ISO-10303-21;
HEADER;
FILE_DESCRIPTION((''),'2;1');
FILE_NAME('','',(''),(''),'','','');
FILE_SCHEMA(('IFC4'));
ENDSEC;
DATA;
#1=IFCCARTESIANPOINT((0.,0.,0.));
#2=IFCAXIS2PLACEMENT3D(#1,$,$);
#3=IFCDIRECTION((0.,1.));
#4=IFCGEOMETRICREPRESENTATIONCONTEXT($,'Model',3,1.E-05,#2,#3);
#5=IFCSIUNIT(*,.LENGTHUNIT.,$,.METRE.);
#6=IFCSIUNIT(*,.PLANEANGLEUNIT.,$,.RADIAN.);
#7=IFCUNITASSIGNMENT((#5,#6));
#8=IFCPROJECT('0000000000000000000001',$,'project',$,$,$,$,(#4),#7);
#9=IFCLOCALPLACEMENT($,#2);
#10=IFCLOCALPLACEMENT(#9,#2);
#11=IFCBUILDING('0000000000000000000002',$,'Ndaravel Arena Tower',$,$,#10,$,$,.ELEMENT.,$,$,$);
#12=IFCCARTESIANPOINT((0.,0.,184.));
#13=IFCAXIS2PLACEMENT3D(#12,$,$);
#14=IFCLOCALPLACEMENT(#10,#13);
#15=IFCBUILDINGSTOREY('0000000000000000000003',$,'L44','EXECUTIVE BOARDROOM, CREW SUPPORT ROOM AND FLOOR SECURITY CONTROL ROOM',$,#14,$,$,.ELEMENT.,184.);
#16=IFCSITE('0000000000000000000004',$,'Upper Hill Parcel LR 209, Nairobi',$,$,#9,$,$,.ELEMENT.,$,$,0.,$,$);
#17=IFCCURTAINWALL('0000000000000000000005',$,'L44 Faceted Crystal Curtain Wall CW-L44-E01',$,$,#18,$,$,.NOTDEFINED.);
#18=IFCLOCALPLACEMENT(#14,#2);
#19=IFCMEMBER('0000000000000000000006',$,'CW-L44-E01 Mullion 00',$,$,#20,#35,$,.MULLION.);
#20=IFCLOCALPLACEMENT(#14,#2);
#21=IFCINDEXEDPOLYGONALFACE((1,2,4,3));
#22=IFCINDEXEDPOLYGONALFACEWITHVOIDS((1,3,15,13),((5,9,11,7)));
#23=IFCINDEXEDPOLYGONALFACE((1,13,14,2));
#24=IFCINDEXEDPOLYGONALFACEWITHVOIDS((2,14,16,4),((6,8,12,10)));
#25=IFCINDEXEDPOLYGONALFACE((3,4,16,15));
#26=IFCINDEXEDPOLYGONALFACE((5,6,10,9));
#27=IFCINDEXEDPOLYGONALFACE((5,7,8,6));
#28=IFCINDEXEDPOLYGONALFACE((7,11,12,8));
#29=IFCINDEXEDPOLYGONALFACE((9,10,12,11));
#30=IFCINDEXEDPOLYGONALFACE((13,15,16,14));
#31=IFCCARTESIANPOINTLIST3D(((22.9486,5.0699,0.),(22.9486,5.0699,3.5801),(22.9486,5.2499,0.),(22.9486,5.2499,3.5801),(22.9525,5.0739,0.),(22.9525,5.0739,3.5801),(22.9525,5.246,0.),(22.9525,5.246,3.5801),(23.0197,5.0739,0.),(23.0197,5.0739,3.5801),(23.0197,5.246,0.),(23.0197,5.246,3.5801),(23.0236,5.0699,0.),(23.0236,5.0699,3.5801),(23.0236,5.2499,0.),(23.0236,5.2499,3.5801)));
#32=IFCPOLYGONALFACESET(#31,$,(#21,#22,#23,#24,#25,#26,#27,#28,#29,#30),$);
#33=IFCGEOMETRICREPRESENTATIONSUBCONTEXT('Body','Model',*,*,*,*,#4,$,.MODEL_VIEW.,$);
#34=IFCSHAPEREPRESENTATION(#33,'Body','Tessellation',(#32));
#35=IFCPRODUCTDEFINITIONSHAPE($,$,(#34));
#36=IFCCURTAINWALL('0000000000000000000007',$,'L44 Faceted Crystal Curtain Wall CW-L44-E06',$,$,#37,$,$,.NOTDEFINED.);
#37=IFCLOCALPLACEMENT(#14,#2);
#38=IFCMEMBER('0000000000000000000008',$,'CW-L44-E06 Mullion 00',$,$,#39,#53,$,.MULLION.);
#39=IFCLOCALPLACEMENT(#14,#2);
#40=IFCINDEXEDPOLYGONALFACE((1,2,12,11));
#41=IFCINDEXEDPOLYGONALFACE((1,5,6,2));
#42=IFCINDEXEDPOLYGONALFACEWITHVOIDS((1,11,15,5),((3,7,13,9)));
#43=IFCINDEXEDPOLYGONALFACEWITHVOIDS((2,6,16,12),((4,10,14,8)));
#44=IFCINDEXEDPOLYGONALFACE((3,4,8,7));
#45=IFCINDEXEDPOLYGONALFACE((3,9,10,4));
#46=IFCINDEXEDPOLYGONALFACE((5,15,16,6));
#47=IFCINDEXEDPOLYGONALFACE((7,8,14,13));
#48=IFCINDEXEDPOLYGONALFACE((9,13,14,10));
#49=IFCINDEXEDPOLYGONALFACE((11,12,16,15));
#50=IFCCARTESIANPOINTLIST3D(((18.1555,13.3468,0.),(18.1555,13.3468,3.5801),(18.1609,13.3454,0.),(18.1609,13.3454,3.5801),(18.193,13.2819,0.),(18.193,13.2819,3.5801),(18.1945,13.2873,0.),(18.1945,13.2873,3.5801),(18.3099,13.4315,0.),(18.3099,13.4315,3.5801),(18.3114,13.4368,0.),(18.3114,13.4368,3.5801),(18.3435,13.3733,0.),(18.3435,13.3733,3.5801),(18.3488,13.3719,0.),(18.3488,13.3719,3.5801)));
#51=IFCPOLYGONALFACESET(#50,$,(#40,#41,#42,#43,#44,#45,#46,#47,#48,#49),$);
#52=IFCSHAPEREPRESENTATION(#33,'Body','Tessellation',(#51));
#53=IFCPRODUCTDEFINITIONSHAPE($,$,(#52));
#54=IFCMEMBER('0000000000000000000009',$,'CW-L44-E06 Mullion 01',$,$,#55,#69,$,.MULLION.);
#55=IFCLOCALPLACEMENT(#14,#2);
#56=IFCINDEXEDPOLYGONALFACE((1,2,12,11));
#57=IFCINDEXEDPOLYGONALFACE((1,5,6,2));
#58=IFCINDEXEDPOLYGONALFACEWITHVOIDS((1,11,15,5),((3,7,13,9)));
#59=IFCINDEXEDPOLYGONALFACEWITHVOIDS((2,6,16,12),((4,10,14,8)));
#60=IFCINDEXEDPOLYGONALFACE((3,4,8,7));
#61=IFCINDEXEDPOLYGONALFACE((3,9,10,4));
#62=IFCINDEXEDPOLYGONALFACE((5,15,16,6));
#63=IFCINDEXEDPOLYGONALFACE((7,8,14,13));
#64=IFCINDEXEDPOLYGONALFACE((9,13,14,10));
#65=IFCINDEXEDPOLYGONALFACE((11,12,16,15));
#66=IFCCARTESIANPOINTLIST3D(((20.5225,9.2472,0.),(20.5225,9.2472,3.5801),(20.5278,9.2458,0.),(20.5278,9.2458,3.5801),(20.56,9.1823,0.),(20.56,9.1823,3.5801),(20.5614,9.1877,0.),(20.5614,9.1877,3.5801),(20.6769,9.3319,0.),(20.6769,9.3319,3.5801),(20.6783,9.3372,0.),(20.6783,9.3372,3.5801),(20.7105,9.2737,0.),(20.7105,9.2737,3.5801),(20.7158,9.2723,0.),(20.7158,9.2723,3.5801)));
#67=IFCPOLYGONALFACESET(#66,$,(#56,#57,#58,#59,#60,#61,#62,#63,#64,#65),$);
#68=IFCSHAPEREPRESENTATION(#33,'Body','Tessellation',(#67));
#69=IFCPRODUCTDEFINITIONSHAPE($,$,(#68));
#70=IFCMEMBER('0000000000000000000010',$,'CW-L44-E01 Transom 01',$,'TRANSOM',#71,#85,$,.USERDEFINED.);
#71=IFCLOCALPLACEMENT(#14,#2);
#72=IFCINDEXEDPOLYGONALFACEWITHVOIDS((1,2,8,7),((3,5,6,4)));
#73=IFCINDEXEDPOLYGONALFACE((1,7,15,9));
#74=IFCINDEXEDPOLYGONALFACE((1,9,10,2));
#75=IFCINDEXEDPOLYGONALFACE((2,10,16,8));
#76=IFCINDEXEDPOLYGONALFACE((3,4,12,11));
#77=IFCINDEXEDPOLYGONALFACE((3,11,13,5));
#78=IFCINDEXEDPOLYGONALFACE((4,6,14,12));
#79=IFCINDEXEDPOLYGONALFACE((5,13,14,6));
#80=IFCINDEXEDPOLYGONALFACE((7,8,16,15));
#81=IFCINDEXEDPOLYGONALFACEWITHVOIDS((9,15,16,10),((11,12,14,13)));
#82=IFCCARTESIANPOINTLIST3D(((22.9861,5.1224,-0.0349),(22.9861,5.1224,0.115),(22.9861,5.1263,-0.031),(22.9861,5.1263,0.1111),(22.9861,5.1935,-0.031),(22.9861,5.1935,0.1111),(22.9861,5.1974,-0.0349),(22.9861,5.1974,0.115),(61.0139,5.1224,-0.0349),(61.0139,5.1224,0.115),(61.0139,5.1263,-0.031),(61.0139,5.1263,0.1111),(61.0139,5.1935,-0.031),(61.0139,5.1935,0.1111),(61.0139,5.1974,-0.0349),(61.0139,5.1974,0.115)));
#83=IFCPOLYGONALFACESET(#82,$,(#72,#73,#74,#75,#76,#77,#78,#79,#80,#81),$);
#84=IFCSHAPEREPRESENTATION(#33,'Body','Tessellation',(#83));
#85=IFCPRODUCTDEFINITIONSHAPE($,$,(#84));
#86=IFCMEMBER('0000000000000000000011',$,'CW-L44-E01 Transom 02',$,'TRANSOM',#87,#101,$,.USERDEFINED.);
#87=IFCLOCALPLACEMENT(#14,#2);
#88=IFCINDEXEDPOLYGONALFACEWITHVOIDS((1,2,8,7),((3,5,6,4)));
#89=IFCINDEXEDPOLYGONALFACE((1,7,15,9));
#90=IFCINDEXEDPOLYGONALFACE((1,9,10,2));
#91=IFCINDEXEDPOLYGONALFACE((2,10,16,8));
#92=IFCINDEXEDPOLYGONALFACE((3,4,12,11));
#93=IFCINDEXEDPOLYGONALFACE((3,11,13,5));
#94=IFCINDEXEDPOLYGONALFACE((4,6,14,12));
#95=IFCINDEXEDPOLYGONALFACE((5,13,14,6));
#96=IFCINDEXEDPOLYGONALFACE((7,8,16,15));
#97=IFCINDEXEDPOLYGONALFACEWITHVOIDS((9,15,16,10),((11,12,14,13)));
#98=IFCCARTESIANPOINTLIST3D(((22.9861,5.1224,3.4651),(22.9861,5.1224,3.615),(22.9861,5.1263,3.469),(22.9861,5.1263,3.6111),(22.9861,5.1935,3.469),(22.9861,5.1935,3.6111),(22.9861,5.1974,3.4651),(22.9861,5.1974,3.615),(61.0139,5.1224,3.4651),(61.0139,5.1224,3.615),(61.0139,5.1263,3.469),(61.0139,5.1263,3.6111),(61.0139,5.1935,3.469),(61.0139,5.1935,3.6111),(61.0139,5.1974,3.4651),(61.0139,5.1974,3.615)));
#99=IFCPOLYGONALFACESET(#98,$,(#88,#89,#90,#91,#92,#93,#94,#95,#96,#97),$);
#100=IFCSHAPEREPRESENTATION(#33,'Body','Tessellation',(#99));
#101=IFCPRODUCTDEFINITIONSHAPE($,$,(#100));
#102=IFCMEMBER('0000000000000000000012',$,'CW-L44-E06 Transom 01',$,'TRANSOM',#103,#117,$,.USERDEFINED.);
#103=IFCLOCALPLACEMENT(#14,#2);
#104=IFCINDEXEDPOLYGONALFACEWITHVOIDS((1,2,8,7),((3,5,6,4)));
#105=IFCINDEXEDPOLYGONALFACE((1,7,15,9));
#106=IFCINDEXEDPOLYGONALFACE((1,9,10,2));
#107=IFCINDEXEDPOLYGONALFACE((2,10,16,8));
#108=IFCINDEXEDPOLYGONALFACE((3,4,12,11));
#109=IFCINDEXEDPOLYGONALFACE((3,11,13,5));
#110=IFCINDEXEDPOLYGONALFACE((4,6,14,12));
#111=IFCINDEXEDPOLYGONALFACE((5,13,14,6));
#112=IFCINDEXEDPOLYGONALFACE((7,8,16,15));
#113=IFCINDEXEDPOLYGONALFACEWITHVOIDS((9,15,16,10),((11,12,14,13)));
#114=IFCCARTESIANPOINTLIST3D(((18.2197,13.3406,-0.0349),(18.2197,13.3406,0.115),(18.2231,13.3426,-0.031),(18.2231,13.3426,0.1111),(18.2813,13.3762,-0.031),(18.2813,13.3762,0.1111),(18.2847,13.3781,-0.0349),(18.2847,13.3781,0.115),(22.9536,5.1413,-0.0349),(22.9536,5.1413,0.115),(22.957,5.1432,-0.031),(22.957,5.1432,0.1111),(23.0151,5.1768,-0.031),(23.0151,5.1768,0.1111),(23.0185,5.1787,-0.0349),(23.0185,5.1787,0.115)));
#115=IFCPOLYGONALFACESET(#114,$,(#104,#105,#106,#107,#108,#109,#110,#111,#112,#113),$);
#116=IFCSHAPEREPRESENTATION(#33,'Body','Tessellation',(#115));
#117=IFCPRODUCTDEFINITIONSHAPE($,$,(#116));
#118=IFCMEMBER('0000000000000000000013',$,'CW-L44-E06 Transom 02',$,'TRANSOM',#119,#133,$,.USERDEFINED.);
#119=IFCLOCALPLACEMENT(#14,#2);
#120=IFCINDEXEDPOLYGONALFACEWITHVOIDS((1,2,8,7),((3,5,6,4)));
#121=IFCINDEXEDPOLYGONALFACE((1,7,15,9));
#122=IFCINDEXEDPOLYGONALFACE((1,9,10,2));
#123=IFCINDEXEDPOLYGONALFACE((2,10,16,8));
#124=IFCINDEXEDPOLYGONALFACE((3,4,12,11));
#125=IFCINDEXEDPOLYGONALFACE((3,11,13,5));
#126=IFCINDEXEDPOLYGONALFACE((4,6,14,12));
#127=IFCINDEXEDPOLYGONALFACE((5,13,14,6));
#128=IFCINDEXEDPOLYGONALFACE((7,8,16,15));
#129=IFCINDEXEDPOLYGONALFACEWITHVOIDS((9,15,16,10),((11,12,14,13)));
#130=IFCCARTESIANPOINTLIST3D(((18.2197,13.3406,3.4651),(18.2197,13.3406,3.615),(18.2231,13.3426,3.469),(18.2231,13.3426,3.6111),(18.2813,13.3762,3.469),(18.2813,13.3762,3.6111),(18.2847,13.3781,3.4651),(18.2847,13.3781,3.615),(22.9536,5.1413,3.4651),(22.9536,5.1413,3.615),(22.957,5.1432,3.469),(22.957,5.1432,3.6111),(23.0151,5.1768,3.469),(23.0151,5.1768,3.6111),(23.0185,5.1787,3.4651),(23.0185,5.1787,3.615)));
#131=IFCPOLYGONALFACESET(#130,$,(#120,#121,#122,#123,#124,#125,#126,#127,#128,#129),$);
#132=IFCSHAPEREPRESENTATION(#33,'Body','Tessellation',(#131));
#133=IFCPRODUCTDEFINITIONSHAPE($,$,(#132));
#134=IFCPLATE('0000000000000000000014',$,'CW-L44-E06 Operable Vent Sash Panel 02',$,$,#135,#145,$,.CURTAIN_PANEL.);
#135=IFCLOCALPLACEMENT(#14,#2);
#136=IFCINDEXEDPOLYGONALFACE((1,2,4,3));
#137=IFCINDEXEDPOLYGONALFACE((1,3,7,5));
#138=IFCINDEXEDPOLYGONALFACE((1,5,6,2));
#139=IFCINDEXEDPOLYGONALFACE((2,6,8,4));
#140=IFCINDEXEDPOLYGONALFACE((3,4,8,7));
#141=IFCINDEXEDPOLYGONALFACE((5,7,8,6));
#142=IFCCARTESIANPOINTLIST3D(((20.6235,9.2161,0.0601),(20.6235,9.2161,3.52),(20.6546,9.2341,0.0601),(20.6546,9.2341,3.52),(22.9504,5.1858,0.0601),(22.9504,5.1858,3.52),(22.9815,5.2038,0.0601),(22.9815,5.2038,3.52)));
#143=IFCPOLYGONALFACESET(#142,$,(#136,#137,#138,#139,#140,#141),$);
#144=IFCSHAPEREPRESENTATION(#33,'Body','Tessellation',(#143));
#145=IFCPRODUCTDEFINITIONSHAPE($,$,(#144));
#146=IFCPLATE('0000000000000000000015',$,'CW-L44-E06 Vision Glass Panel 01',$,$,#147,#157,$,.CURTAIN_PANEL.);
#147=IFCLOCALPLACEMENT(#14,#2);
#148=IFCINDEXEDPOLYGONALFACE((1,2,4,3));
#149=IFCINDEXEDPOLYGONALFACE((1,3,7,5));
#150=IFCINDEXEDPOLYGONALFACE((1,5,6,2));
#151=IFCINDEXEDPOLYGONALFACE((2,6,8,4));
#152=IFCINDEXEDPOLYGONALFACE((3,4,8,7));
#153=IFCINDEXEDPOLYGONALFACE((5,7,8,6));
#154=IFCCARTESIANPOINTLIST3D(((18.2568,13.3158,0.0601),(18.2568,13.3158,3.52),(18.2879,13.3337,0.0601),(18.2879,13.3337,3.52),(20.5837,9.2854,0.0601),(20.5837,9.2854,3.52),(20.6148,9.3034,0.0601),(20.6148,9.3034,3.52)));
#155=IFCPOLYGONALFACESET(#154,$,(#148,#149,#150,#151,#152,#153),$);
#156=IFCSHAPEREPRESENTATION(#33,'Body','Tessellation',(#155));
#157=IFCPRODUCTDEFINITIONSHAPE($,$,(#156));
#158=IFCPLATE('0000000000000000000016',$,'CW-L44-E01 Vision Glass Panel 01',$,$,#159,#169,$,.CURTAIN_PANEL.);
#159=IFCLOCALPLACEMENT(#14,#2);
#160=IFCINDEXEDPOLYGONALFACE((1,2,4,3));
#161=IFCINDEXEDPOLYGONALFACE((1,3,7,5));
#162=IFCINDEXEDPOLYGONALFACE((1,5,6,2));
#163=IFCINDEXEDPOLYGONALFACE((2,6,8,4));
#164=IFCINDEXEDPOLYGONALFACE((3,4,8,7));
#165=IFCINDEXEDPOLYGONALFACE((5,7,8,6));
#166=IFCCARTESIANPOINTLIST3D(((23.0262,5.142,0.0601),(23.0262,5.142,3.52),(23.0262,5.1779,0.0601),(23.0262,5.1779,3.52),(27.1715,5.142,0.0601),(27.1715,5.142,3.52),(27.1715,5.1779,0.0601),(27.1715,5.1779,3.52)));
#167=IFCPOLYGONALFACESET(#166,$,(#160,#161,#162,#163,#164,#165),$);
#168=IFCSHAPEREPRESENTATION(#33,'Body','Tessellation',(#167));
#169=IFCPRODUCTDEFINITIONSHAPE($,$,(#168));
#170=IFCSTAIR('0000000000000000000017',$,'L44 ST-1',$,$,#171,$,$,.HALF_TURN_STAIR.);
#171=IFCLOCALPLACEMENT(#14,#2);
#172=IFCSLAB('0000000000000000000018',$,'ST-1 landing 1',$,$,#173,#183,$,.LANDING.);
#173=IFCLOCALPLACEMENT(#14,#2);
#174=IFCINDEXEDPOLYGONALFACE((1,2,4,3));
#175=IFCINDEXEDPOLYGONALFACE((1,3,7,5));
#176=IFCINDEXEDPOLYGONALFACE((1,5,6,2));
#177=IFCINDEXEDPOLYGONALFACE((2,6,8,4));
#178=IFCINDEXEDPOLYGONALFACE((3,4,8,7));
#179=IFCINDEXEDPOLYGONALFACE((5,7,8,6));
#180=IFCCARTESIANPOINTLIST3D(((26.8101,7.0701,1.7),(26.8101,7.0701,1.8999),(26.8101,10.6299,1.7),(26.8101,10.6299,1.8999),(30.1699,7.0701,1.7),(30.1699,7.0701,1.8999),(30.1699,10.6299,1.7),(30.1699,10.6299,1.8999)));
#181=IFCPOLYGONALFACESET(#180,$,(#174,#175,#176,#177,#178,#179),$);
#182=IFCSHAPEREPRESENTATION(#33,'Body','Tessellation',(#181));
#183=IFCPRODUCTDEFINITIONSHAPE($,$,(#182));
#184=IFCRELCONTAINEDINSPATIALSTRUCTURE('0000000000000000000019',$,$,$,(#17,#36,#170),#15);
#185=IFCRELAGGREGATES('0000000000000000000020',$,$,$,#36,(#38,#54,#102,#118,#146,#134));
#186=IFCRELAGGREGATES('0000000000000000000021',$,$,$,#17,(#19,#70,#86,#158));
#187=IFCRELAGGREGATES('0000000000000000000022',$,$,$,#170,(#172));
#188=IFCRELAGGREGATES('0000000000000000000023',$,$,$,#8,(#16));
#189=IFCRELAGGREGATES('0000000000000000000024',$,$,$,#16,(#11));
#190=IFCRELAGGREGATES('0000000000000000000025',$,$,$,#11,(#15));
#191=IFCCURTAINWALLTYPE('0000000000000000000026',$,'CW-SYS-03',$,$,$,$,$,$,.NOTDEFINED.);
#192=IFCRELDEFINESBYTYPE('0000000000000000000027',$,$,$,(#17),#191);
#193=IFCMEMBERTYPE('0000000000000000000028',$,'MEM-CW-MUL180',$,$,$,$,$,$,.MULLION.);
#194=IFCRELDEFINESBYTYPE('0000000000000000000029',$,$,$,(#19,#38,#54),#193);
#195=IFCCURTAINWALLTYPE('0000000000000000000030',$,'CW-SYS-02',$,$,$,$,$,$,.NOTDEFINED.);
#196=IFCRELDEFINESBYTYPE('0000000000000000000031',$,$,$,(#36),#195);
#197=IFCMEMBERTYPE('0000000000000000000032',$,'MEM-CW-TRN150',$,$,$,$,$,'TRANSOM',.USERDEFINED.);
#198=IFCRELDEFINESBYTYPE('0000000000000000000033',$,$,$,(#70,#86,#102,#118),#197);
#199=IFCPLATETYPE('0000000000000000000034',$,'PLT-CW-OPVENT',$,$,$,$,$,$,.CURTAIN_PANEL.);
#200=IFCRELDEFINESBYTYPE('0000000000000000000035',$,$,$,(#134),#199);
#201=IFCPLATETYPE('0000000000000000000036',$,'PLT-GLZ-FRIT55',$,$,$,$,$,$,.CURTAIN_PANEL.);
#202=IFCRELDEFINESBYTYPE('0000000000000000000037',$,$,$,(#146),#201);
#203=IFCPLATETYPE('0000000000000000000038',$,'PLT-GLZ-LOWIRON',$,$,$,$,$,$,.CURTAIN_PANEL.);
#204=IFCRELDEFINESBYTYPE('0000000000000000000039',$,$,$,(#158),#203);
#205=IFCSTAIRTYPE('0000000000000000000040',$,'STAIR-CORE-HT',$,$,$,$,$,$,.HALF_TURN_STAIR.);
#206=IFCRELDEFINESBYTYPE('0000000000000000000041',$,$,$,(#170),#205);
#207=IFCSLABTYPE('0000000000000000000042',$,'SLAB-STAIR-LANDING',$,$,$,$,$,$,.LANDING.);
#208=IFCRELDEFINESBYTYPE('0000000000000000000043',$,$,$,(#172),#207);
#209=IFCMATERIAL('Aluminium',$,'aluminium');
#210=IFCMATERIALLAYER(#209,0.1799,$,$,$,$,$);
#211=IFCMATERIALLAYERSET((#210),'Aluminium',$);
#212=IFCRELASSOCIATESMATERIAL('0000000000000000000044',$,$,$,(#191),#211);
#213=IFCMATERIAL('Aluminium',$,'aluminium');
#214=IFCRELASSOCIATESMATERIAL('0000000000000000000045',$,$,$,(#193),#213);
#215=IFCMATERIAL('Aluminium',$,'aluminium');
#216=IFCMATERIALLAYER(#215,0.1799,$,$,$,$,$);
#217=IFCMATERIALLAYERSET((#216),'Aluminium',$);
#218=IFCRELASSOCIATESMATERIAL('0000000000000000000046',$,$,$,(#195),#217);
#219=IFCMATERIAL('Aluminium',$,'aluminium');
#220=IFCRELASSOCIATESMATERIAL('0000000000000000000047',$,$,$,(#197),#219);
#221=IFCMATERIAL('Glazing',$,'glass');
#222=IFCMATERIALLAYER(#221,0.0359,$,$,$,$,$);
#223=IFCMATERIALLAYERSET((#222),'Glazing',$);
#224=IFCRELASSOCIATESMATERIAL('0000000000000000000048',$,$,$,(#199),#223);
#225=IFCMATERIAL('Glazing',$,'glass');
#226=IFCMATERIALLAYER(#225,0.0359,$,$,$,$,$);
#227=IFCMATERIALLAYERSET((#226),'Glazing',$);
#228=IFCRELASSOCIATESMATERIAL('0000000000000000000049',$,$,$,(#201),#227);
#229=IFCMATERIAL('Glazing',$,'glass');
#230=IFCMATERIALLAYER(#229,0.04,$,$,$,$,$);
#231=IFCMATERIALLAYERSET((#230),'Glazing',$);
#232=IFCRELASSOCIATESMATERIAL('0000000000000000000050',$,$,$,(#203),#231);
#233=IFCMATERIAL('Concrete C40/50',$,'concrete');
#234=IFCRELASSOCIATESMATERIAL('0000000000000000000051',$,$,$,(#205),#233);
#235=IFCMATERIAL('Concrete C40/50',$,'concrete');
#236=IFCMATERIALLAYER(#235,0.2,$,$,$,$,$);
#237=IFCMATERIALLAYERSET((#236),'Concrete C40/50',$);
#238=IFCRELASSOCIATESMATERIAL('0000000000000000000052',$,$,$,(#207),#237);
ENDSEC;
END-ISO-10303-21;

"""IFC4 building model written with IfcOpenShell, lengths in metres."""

from ifc_helpers import new_model, si_unit, direction, frame, origin, origin_2d, place, context, subcontext, project, spatial, polyline, rectangle, hollow_rectangle, outline, extrude, material, layer, layer_set, material_profile, profile_set, type_object, element, aggregate, save


model = new_model("IFC4")

# Units and contexts
model_context = context("Model", 3, precision=1e-05, world=origin(), true_north=direction((0.0, 1.0)))
body_context = subcontext(model_context, "Body", "Model", "MODEL_VIEW")
ifc_project = project(units=[si_unit("LENGTHUNIT", "METRE"), si_unit("PLANEANGLEUNIT", "RADIAN")], contexts=[model_context])

# Site, building, storey
site_placement = place(None, origin())
site = spatial("IfcSite", under=ifc_project, at=site_placement, Name="Upper Hill Parcel LR 209, Nairobi", CompositionType="ELEMENT", RefElevation=0.0)
building_placement = place(site_placement, origin())
building = spatial("IfcBuilding", under=site, at=building_placement, Name="Ndaravel Arena Tower", CompositionType="ELEMENT")
storey_placement = place(building_placement, frame((0.0, 0.0, 184.0)))
storey = spatial("IfcBuildingStorey", under=building, at=storey_placement, Name="L44", Description="EXECUTIVE BOARDROOM, CREW SUPPORT ROOM AND FLOOR SECURITY CONTROL ROOM", CompositionType="ELEMENT", Elevation=184.0)

# Curtain wall, member
ifc_material_1 = material(Name="Aluminium", Category="aluminium")
ifc_layer_1 = layer(ifc_material_1, 0.1799)
ifc_layer_set_1 = layer_set([ifc_layer_1], Name="Aluminium")
curtain_wall_type_1 = type_object("IfcCurtainWallType", Name="CW-SYS-03", PredefinedType="NOTDEFINED", material=ifc_layer_set_1)
curtain_wall_1_placement = place(storey_placement, origin())
curtain_wall_1 = element("IfcCurtainWall", 1, at=curtain_wall_1_placement, inside=storey, type_object=curtain_wall_type_1, Name="L44 Faceted Crystal Curtain Wall CW-L44-E01", PredefinedType="NOTDEFINED")
ifc_material_2 = material(Name="Aluminium", Category="aluminium")
ifc_material_profile_1 = material_profile(ifc_material_2, hollow_rectangle(XDim=0.075, YDim=0.1799, WallThickness=0.0039, at=origin_2d()), Name="CW MULLION 75x180x4")
ifc_profile_set_1 = profile_set([ifc_material_profile_1], Name="Aluminium")
member_type_1 = type_object("IfcMemberType", Name="MEM-CW-MUL180", PredefinedType="MULLION", material=ifc_profile_set_1)
member_1_placement = place(storey_placement, frame((22.9861, 5.1599, 0.0), z_axis=(0.0, 0.0, 1.0), x_axis=(1.0, 0.0, 0.0)))
member_1 = element("IfcMember", 2, at=member_1_placement, type_object=member_type_1, Name="CW-L44-E01 Mullion 00", PredefinedType="MULLION", context=body_context, shape_type="SweptSolid", body=[
    extrude(hollow_rectangle(XDim=0.075, YDim=0.1799, WallThickness=0.0039, at=origin_2d()), origin(), (0.0, 0.0, 1.0), 3.5801),
])

# Curtain wall, members
ifc_material_3 = material(Name="Aluminium", Category="aluminium")
ifc_layer_2 = layer(ifc_material_3, 0.1799)
ifc_layer_set_2 = layer_set([ifc_layer_2], Name="Aluminium")
curtain_wall_type_2 = type_object("IfcCurtainWallType", Name="CW-SYS-02", PredefinedType="NOTDEFINED", material=ifc_layer_set_2)
curtain_wall_2_placement = place(storey_placement, origin())
curtain_wall_2 = element("IfcCurtainWall", 3, at=curtain_wall_2_placement, inside=storey, type_object=curtain_wall_type_2, Name="L44 Faceted Crystal Curtain Wall CW-L44-E06", PredefinedType="NOTDEFINED")
member_2_placement = place(storey_placement, frame((18.2522, 13.3594, 0.0), z_axis=(0.0, 0.0, 1.0), x_axis=(0.5, -0.866025, 0.0)))
member_2 = element("IfcMember", 4, at=member_2_placement, type_object=member_type_1, Name="CW-L44-E06 Mullion 00", PredefinedType="MULLION", context=body_context, shape_type="SweptSolid", body=[
    extrude(hollow_rectangle(XDim=0.075, YDim=0.1799, WallThickness=0.0039, at=origin_2d()), origin(), (0.0, 0.0, 1.0), 3.5801),
])
member_3_placement = place(storey_placement, frame((20.6191, 9.2598, 0.0), z_axis=(0.0, 0.0, 1.0), x_axis=(0.5, -0.866025, 0.0)))
member_3 = element("IfcMember", 5, at=member_3_placement, type_object=member_type_1, Name="CW-L44-E06 Mullion 01", PredefinedType="MULLION", context=body_context, shape_type="SweptSolid", body=[
    extrude(hollow_rectangle(XDim=0.075, YDim=0.1799, WallThickness=0.0039, at=origin_2d()), origin(), (0.0, 0.0, 1.0), 3.5801),
])

# Members
ifc_material_4 = material(Name="Aluminium", Category="aluminium")
ifc_material_profile_2 = material_profile(ifc_material_4, hollow_rectangle(XDim=0.075, YDim=0.1499, WallThickness=0.0039, at=origin_2d()), Name="CW TRANSOM 75x150x4")
ifc_profile_set_2 = profile_set([ifc_material_profile_2], Name="Aluminium")
member_type_2 = type_object("IfcMemberType", Name="MEM-CW-TRN150", ElementType="TRANSOM", PredefinedType="USERDEFINED", material=ifc_profile_set_2)
member_4_placement = place(storey_placement, frame((22.9861, 5.1599, 0.04), z_axis=(1.0, 0.0, 0.0), x_axis=(0.0, 1.0, 0.0)))
member_4 = element("IfcMember", 6, at=member_4_placement, type_object=member_type_2, Name="CW-L44-E01 Transom 01", ObjectType="TRANSOM", PredefinedType="USERDEFINED", context=body_context, shape_type="SweptSolid", body=[
    extrude(hollow_rectangle(XDim=0.075, YDim=0.1499, WallThickness=0.0039, at=origin_2d()), origin(), (0.0, 0.0, 1.0), 38.0278),
])
member_5_placement = place(storey_placement, frame((22.9861, 5.1599, 3.54), z_axis=(1.0, 0.0, 0.0), x_axis=(0.0, 1.0, 0.0)))
member_5 = element("IfcMember", 7, at=member_5_placement, type_object=member_type_2, Name="CW-L44-E01 Transom 02", ObjectType="TRANSOM", PredefinedType="USERDEFINED", context=body_context, shape_type="SweptSolid", body=[
    extrude(hollow_rectangle(XDim=0.075, YDim=0.1499, WallThickness=0.0039, at=origin_2d()), origin(), (0.0, 0.0, 1.0), 38.0278),
])
member_6_placement = place(storey_placement, frame((18.2522, 13.3594, 0.04), z_axis=(0.499994, -0.866029, 0.0), x_axis=(0.866029, 0.499994, 0.0)))
member_6 = element("IfcMember", 8, at=member_6_placement, type_object=member_type_2, Name="CW-L44-E06 Transom 01", ObjectType="TRANSOM", PredefinedType="USERDEFINED", context=body_context, shape_type="SweptSolid", body=[
    extrude(hollow_rectangle(XDim=0.075, YDim=0.1499, WallThickness=0.0039, at=origin_2d()), origin(), (0.0, 0.0, 1.0), 9.4678),
])
member_7_placement = place(storey_placement, frame((18.2522, 13.3594, 3.54), z_axis=(0.499994, -0.866029, 0.0), x_axis=(0.866029, 0.499994, 0.0)))
member_7 = element("IfcMember", 9, at=member_7_placement, type_object=member_type_2, Name="CW-L44-E06 Transom 02", ObjectType="TRANSOM", PredefinedType="USERDEFINED", context=body_context, shape_type="SweptSolid", body=[
    extrude(hollow_rectangle(XDim=0.075, YDim=0.1499, WallThickness=0.0039, at=origin_2d()), origin(), (0.0, 0.0, 1.0), 9.4678),
])

# Plates
ifc_material_5 = material(Name="Glazing", Category="glass")
ifc_layer_3 = layer(ifc_material_5, 0.0359)
ifc_layer_set_3 = layer_set([ifc_layer_3], Name="Glazing")
plate_type_1 = type_object("IfcPlateType", Name="PLT-CW-OPVENT", PredefinedType="CURTAIN_PANEL", material=ifc_layer_set_3)
plate_1_placement = place(storey_placement, frame((21.8025, 7.21, 0.0601), z_axis=(0.0, 0.0, 1.0), x_axis=(0.5, -0.866025, 0.0)))
plate_1 = element("IfcPlate", 10, at=plate_1_placement, type_object=plate_type_1, Name="CW-L44-E06 Operable Vent Sash Panel 02", PredefinedType="CURTAIN_PANEL", context=body_context, shape_type="SweptSolid", body=[
    extrude(rectangle(XDim=4.6538, YDim=0.0359, at=origin_2d()), origin(), (0.0, 0.0, 1.0), 3.46),
])
ifc_material_6 = material(Name="Glazing", Category="glass")
ifc_layer_4 = layer(ifc_material_6, 0.0359)
ifc_layer_set_4 = layer_set([ifc_layer_4], Name="Glazing")
plate_type_2 = type_object("IfcPlateType", Name="PLT-GLZ-FRIT55", PredefinedType="CURTAIN_PANEL", material=ifc_layer_set_4)
plate_2_placement = place(storey_placement, frame((19.4358, 11.3096, 0.0601), z_axis=(0.0, 0.0, 1.0), x_axis=(0.5, -0.866025, 0.0)))
plate_2 = element("IfcPlate", 11, at=plate_2_placement, type_object=plate_type_2, Name="CW-L44-E06 Vision Glass Panel 01", PredefinedType="CURTAIN_PANEL", context=body_context, shape_type="SweptSolid", body=[
    extrude(rectangle(XDim=4.6538, YDim=0.0359, at=origin_2d()), origin(), (0.0, 0.0, 1.0), 3.46),
])
aggregate(curtain_wall_2, [member_2, member_3, member_6, member_7, plate_2, plate_1])
ifc_material_7 = material(Name="Glazing", Category="glass")
ifc_layer_5 = layer(ifc_material_7, 0.04)
ifc_layer_set_5 = layer_set([ifc_layer_5], Name="Glazing")
plate_type_3 = type_object("IfcPlateType", Name="PLT-GLZ-LOWIRON", PredefinedType="CURTAIN_PANEL", material=ifc_layer_set_5)
plate_3_placement = place(storey_placement, frame((25.0989, 5.1599, 0.0601), z_axis=(0.0, 0.0, 1.0), x_axis=(1.0, 0.0, 0.0)))
plate_3 = element("IfcPlate", 12, at=plate_3_placement, type_object=plate_type_3, Name="CW-L44-E01 Vision Glass Panel 01", PredefinedType="CURTAIN_PANEL", context=body_context, shape_type="SweptSolid", body=[
    extrude(rectangle(XDim=4.1453, YDim=0.0359, at=origin_2d()), origin(), (0.0, 0.0, 1.0), 3.46),
])
aggregate(curtain_wall_1, [member_1, member_4, member_5, plate_3])

# Stair, slab
ifc_material_8 = material(Name="Concrete C40/50", Category="concrete")
stair_type = type_object("IfcStairType", Name="STAIR-CORE-HT", PredefinedType="HALF_TURN_STAIR", material=ifc_material_8)
stair_1_placement = place(storey_placement, origin())
stair_1 = element("IfcStair", 13, at=stair_1_placement, inside=storey, type_object=stair_type, Name="L44 ST-1", PredefinedType="HALF_TURN_STAIR")
ifc_material_9 = material(Name="Concrete C40/50", Category="concrete")
ifc_layer_6 = layer(ifc_material_9, 0.2)
ifc_layer_set_6 = layer_set([ifc_layer_6], Name="Concrete C40/50")
slab_type_1 = type_object("IfcSlabType", Name="SLAB-STAIR-LANDING", PredefinedType="LANDING", material=ifc_layer_set_6)
slab_1_placement = place(storey_placement, frame((0.0, 0.0, 1.7)))
slab_1 = element("IfcSlab", 14, at=slab_1_placement, type_object=slab_type_1, Name="ST-1 landing 1", PredefinedType="LANDING", context=body_context, shape_type="SweptSolid", body=[
    extrude(outline(polyline([(26.8101, 10.6299), (26.8101, 7.0701), (30.1699, 7.0701), (30.1699, 10.6299), (26.8101, 10.6299)])), origin(), (0.0, 0.0, 1.0), 0.2),
])
aggregate(stair_1, [slab_1])

save(model, "model.ifc")
